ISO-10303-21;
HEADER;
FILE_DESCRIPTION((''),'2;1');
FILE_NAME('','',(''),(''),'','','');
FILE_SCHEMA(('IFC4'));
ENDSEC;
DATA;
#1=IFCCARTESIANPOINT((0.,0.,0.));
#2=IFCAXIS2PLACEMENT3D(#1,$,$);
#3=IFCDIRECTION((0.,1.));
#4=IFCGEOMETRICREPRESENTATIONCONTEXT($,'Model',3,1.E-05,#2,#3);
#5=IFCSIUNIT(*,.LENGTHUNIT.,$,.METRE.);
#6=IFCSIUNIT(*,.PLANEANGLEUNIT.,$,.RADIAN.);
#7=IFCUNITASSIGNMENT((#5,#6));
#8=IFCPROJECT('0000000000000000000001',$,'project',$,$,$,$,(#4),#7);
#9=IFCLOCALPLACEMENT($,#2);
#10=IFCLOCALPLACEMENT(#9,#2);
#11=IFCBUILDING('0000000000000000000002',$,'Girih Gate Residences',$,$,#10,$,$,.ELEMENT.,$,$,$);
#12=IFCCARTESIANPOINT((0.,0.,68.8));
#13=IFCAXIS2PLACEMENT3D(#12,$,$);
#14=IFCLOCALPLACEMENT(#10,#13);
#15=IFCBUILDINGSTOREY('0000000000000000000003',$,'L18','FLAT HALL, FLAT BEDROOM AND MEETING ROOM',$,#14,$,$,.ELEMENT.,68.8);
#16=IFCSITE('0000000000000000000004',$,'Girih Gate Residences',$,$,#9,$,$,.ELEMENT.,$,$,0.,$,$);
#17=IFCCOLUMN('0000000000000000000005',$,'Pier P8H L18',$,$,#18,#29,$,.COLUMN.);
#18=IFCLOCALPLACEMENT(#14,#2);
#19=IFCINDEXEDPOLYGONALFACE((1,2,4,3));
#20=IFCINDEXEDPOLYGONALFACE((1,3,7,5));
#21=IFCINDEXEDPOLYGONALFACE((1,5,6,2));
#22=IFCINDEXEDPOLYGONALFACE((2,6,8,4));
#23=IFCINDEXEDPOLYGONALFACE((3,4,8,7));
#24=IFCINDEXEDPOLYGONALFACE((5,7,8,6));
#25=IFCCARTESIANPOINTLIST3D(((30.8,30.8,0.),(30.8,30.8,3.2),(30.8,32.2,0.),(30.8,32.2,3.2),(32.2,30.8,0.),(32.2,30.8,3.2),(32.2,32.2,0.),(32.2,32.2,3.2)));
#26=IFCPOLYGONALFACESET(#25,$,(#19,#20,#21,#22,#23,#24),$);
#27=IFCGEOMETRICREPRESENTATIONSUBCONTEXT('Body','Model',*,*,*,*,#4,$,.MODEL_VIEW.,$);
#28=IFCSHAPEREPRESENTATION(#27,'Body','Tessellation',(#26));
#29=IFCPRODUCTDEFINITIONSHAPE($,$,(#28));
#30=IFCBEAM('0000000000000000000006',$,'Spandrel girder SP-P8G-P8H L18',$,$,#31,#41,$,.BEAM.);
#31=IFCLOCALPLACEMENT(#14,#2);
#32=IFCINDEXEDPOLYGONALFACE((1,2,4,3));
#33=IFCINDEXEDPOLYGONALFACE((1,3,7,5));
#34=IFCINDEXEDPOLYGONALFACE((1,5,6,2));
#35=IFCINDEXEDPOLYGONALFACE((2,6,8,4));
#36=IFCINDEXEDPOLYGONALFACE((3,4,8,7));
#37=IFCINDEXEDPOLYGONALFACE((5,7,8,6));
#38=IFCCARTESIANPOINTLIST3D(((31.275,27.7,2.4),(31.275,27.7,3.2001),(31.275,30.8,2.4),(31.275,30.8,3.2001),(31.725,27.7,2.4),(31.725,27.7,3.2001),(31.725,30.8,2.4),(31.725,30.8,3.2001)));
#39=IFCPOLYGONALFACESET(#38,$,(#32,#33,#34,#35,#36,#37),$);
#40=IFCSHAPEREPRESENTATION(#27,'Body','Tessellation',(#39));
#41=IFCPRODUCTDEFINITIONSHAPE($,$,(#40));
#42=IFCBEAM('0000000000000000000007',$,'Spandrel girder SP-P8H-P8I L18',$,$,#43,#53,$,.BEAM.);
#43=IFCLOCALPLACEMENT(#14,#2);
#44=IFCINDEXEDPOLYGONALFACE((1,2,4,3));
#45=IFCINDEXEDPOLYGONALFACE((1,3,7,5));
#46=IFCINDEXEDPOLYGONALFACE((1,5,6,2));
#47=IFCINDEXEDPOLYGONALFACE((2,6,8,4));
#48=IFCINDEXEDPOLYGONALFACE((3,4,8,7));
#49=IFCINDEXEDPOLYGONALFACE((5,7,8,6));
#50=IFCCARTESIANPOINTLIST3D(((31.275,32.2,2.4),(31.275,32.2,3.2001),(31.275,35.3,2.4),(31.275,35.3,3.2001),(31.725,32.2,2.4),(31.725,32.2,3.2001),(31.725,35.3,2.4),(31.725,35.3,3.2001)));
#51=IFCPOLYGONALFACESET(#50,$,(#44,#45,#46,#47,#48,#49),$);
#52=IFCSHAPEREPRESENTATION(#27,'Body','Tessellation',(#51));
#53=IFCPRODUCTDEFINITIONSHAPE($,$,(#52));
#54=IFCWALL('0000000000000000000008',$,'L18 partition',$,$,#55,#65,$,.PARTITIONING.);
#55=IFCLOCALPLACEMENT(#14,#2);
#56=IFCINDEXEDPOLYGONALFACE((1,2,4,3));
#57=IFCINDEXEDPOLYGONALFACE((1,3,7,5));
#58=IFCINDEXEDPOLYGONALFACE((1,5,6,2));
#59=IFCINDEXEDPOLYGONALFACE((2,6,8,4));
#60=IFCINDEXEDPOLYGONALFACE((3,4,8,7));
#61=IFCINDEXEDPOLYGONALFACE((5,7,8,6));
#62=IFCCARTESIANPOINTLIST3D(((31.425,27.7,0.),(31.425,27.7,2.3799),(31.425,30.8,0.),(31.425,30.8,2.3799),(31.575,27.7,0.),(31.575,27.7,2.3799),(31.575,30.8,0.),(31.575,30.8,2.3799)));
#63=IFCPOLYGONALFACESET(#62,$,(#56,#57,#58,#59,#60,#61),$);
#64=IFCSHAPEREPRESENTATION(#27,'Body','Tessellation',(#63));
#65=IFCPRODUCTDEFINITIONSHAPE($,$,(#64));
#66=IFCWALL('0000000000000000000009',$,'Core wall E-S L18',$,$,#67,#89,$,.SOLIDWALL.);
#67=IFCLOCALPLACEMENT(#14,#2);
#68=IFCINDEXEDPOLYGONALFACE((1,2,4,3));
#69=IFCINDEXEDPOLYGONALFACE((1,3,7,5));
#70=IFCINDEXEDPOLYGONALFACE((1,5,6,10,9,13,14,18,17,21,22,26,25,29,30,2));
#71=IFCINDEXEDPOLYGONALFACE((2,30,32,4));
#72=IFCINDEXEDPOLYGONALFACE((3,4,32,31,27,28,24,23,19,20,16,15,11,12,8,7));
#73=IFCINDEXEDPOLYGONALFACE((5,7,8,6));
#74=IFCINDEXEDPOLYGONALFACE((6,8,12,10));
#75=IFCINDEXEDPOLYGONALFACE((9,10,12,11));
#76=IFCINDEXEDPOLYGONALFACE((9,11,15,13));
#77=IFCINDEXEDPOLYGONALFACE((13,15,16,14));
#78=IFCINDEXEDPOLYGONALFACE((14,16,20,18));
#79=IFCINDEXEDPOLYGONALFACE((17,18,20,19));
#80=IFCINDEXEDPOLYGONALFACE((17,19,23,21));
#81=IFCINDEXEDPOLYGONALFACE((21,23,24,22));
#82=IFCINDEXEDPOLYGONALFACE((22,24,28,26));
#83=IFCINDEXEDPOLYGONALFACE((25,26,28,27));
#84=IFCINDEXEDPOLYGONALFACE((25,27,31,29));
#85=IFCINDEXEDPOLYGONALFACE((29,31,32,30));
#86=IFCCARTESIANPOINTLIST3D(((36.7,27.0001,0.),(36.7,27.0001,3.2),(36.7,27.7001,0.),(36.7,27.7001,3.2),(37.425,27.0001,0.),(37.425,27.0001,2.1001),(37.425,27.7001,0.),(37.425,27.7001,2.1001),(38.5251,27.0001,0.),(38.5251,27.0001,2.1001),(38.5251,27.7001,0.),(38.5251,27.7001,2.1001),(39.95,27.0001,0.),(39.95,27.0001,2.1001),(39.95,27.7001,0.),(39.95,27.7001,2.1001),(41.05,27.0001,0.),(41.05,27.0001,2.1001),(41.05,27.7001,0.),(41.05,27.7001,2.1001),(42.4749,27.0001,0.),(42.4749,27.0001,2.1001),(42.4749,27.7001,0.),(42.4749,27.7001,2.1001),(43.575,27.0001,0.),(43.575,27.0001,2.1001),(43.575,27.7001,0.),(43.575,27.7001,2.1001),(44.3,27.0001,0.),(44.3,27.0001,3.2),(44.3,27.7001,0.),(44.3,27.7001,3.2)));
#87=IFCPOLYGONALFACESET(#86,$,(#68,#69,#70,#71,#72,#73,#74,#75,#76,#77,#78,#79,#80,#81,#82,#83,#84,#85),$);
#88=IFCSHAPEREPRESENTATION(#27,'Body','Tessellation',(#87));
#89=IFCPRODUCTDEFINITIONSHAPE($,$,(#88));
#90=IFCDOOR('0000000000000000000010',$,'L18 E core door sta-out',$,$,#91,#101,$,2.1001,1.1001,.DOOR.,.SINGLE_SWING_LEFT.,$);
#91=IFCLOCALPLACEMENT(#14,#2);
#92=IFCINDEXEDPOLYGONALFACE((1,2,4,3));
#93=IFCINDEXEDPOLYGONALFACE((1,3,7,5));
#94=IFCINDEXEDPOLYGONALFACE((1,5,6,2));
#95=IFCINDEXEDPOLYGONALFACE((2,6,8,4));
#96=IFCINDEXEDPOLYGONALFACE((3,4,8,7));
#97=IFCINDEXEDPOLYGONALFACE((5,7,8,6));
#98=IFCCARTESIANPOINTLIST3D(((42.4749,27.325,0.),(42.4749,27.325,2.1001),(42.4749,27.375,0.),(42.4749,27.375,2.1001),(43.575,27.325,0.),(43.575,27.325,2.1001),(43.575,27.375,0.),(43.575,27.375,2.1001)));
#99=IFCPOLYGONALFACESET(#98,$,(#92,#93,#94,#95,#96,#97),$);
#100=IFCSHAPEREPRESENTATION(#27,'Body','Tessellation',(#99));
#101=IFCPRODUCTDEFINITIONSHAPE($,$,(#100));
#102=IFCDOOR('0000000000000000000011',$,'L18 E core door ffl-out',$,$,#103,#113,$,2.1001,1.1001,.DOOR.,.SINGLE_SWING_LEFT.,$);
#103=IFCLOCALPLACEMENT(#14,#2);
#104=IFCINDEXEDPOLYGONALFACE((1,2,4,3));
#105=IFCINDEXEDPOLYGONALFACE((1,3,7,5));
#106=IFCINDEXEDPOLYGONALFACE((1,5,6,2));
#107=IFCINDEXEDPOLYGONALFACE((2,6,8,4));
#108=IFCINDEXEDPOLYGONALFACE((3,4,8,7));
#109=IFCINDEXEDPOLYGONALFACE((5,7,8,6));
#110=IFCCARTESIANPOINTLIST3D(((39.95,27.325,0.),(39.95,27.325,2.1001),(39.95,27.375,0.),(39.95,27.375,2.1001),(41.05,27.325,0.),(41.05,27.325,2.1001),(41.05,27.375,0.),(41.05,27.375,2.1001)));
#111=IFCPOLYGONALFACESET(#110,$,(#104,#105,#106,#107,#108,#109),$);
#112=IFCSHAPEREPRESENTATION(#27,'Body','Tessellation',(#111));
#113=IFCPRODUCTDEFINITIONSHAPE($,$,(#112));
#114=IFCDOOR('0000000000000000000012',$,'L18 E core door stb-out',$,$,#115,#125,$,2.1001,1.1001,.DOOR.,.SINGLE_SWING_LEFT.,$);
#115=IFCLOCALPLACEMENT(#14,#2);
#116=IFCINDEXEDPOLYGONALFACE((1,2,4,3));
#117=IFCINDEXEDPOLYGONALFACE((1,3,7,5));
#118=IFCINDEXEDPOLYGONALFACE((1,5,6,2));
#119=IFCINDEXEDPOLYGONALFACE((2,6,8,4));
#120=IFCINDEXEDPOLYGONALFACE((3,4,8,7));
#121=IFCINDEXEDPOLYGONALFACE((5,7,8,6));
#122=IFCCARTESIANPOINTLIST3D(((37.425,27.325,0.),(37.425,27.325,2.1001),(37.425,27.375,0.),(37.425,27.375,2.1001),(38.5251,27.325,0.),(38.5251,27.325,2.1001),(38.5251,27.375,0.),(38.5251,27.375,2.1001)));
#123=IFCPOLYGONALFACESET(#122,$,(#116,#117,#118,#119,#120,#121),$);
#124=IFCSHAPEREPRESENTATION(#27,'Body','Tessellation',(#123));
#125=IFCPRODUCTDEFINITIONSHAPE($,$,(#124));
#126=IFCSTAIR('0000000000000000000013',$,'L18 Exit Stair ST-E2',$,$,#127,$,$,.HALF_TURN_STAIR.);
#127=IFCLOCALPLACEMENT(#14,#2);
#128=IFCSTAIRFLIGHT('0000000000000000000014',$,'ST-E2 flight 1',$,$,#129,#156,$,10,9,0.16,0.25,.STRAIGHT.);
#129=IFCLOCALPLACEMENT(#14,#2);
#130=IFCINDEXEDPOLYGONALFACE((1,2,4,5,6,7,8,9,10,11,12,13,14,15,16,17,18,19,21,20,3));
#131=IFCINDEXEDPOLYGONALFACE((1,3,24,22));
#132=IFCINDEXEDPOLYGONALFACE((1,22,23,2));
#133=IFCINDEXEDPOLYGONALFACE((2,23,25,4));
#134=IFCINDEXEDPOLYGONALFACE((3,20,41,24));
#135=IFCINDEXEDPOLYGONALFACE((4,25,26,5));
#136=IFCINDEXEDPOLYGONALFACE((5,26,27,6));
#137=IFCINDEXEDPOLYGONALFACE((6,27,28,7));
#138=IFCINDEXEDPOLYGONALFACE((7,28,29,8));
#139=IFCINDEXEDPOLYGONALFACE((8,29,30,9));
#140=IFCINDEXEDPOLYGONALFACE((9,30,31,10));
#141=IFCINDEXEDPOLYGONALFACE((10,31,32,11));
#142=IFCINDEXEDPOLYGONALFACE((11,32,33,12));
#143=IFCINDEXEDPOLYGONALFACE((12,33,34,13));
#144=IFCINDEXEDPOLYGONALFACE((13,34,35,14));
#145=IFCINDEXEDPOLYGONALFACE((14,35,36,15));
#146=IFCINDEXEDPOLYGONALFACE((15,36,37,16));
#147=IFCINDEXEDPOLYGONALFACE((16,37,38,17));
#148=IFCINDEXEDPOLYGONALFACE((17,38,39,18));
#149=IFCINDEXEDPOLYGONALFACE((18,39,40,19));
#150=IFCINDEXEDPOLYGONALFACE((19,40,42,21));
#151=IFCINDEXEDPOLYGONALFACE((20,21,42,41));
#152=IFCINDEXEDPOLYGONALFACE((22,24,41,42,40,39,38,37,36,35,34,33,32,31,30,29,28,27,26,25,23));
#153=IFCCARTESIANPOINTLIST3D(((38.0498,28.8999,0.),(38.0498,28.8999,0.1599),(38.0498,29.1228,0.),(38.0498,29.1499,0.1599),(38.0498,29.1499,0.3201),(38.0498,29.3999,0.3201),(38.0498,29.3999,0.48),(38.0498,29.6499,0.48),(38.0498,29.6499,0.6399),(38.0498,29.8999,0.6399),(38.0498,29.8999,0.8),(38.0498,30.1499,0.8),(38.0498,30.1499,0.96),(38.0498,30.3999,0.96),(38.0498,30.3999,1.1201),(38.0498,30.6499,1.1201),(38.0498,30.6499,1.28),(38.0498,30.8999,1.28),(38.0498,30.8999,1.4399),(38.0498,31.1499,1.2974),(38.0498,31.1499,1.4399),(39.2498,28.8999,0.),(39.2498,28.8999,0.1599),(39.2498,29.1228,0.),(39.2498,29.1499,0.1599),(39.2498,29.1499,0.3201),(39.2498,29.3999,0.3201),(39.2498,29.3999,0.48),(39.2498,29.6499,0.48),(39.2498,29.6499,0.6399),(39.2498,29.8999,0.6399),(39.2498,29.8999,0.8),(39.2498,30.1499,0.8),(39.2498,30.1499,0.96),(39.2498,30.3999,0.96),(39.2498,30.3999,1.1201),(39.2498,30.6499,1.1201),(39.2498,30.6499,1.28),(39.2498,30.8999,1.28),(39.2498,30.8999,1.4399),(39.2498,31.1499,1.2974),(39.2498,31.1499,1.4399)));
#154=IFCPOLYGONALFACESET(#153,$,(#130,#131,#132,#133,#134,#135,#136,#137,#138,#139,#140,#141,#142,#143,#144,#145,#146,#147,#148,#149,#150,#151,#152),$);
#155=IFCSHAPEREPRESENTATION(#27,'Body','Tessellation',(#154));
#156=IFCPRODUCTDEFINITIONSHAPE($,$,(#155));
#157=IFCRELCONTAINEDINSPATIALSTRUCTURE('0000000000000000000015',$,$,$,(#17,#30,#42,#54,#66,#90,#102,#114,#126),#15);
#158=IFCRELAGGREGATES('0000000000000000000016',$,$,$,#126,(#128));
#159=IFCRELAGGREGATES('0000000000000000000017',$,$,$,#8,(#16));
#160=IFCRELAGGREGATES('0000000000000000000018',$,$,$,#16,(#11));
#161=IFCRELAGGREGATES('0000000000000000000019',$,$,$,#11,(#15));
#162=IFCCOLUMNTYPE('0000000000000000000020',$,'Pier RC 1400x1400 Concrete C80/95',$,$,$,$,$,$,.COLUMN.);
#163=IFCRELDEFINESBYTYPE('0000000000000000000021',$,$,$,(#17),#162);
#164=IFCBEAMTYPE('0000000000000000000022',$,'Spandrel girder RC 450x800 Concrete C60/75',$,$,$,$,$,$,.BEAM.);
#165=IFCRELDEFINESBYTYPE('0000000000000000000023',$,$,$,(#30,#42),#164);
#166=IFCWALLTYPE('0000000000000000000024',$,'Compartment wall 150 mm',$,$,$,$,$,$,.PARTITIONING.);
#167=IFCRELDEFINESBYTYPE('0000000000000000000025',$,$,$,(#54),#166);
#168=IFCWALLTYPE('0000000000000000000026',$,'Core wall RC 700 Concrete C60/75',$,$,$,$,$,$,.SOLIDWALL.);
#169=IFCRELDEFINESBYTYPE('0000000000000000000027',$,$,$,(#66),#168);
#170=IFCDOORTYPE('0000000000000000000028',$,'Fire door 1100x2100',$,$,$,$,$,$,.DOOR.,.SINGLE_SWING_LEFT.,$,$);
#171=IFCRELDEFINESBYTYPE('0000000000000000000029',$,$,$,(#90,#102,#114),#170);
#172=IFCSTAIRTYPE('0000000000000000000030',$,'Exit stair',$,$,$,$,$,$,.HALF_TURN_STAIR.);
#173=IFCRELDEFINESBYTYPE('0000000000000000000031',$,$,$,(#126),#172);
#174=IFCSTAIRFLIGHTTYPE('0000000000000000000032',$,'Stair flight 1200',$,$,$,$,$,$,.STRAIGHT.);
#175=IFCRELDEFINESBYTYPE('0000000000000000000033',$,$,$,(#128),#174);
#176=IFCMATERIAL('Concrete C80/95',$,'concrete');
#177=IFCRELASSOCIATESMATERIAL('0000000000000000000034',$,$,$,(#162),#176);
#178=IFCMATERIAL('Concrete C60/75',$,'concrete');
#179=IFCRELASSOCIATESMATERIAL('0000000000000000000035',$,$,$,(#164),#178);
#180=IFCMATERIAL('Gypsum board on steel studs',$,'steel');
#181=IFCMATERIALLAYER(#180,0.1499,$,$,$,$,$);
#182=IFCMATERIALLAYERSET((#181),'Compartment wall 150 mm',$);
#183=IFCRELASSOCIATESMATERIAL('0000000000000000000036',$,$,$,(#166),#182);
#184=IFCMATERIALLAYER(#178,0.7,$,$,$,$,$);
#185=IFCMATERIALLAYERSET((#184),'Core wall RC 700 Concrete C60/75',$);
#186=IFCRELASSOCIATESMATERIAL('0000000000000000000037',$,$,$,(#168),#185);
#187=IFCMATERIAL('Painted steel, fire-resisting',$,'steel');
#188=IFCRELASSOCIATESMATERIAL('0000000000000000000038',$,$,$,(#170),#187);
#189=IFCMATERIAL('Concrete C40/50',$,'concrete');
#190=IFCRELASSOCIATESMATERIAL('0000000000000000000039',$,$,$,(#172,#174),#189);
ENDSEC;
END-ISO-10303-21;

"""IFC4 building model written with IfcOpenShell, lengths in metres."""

from ifc_helpers import new_model, si_unit, direction, frame, frame_2d, origin, origin_2d, place, context, subcontext, project, spatial, polyline, rectangle, outline, extrude, material, layer, layer_set, material_profile, profile_set, type_object, element, fill, aggregate, save


model = new_model("IFC4")

# Units and contexts
model_context = context("Model", 3, precision=1e-05, world=origin(), true_north=direction((0.0, 1.0)))
body_context = subcontext(model_context, "Body", "Model", "MODEL_VIEW")
ifc_project = project(units=[si_unit("LENGTHUNIT", "METRE"), si_unit("PLANEANGLEUNIT", "RADIAN")], contexts=[model_context])

# Site, building, storey
site_placement = place(None, origin())
site = spatial("IfcSite", under=ifc_project, at=site_placement, Name="Girih Gate Residences", CompositionType="ELEMENT", RefElevation=0.0)
building_placement = place(site_placement, origin())
building = spatial("IfcBuilding", under=site, at=building_placement, Name="Girih Gate Residences", CompositionType="ELEMENT")
storey_placement = place(building_placement, frame((0.0, 0.0, 68.8)))
storey = spatial("IfcBuildingStorey", under=building, at=storey_placement, Name="L18", Description="FLAT HALL, FLAT BEDROOM AND MEETING ROOM", CompositionType="ELEMENT", Elevation=68.8)

# Column
ifc_material_1 = material(Name="Concrete C80/95", Category="concrete")
ifc_material_profile_1 = material_profile(ifc_material_1, rectangle(XDim=1.3999, YDim=1.3999, at=origin_2d()))
ifc_profile_set_1 = profile_set([ifc_material_profile_1], Name="Concrete C80/95")
column_type = type_object("IfcColumnType", Name="Pier RC 1400x1400 Concrete C80/95", PredefinedType="COLUMN", material=ifc_profile_set_1)
column_placement = place(storey_placement, frame((31.5, 31.5, 0.0), z_axis=(0.0, 0.0, 1.0), x_axis=(1.0, 0.0, 0.0)))
element("IfcColumn", 1, at=column_placement, inside=storey, type_object=column_type, Name="Pier P8H L18", PredefinedType="COLUMN", context=body_context, shape_type="SweptSolid", body=[
    extrude(rectangle(XDim=1.3999, YDim=1.3999, at=origin_2d()), origin(), (0.0, 0.0, 1.0), 3.2),
])

# Beams
ifc_material_2 = material(Name="Concrete C60/75", Category="concrete")
ifc_material_profile_2 = material_profile(ifc_material_2, rectangle(XDim=0.45, YDim=0.8, at=origin_2d()))
ifc_profile_set_2 = profile_set([ifc_material_profile_2], Name="Concrete C60/75")
beam_type = type_object("IfcBeamType", Name="Spandrel girder RC 450x800 Concrete C60/75", PredefinedType="BEAM", material=ifc_profile_set_2)
for number, where, z_axis, x_axis, name in (
    (2, (31.5, 27.7, 2.8), (0.0, 1.0, 0.0), (-1.0, 0.0, 0.0), "Spandrel girder SP-P8G-P8H L18"),
    (3, (31.5, 32.2, 2.8), (0.0, 1.0, 0.0), (-1.0, 0.0, 0.0), "Spandrel girder SP-P8H-P8I L18"),
):
    element("IfcBeam", number, at=place(storey_placement, frame(where, z_axis=z_axis, x_axis=x_axis)), inside=storey, type_object=beam_type, Name=name, PredefinedType="BEAM", context=body_context, shape_type="SweptSolid", body=[
        extrude(rectangle(XDim=0.45, YDim=0.8, at=origin_2d()), origin(), (0.0, 0.0, 1.0), 3.1001),
    ])

# Wall
ifc_material_3 = material(Name="Gypsum board on steel studs", Category="steel")
ifc_layer_1 = layer(ifc_material_3, 0.1499)
ifc_layer_set_1 = layer_set([ifc_layer_1], Name="Compartment wall 150 mm")
wall_type_1 = type_object("IfcWallType", Name="Compartment wall 150 mm", PredefinedType="PARTITIONING", material=ifc_layer_set_1)
wall_1_placement = place(storey_placement, frame((31.5, 27.7, 0.0), z_axis=(0.0, 0.0, 1.0), x_axis=(0.0, 1.0, 0.0)))
element("IfcWall", 4, at=wall_1_placement, inside=storey, type_object=wall_type_1, Name="L18 partition", PredefinedType="PARTITIONING", context=body_context, shape_type="SweptSolid", body=[
    extrude(rectangle(XDim=3.1001, YDim=0.1499, at=frame_2d((1.55, 0.0))), origin(), (0.0, 0.0, 1.0), 2.3799),
])

# Wall, openings, doors
ifc_layer_2 = layer(ifc_material_2, 0.7)
ifc_layer_set_2 = layer_set([ifc_layer_2], Name="Core wall RC 700 Concrete C60/75")
wall_type_2 = type_object("IfcWallType", Name="Core wall RC 700 Concrete C60/75", PredefinedType="SOLIDWALL", material=ifc_layer_set_2)
wall_2_placement = place(storey_placement, frame((36.7, 27.3501, 0.0), z_axis=(0.0, 0.0, 1.0), x_axis=(1.0, 0.0, 0.0)))
wall_2 = element("IfcWall", 5, at=wall_2_placement, inside=storey, type_object=wall_type_2, Name="Core wall E-S L18", PredefinedType="SOLIDWALL", context=body_context, shape_type="SweptSolid", body=[
    extrude(rectangle(XDim=7.6001, YDim=0.7, at=frame_2d((3.8, 0.0))), origin(), (0.0, 0.0, 1.0), 3.2),
])
opening_1_placement = place(wall_2_placement, frame((5.7749, 0.0, 0.0)))
opening_1 = element("IfcOpeningElement", 6, at=opening_1_placement, cuts=wall_2, PredefinedType="OPENING", context=body_context, shape_type="SweptSolid", body=[
    extrude(rectangle(XDim=1.1001, YDim=2.1001, at=frame_2d((0.55, 1.05))), frame((0.0, 0.3599, 0.0), z_axis=(0.0, -1.0, 0.0), x_axis=(1.0, 0.0, 0.0)), (0.0, 0.0, 1.0), 0.72),
])
opening_2_placement = place(wall_2_placement, frame((3.25, 0.0, 0.0)))
opening_2 = element("IfcOpeningElement", 7, at=opening_2_placement, cuts=wall_2, PredefinedType="OPENING", context=body_context, shape_type="SweptSolid", body=[
    extrude(rectangle(XDim=1.1001, YDim=2.1001, at=frame_2d((0.55, 1.05))), frame((0.0, 0.3599, 0.0), z_axis=(0.0, -1.0, 0.0), x_axis=(1.0, 0.0, 0.0)), (0.0, 0.0, 1.0), 0.72),
])
opening_3_placement = place(wall_2_placement, frame((0.7251, 0.0, 0.0)))
opening_3 = element("IfcOpeningElement", 8, at=opening_3_placement, cuts=wall_2, PredefinedType="OPENING", context=body_context, shape_type="SweptSolid", body=[
    extrude(rectangle(XDim=1.1001, YDim=2.1001, at=frame_2d((0.55, 1.05))), frame((0.0, 0.3599, 0.0), z_axis=(0.0, -1.0, 0.0), x_axis=(1.0, 0.0, 0.0)), (0.0, 0.0, 1.0), 0.72),
])
ifc_material_4 = material(Name="Painted steel, fire-resisting", Category="steel")
door_type = type_object("IfcDoorType", Name="Fire door 1100x2100", OperationType="SINGLE_SWING_LEFT", PredefinedType="DOOR", material=ifc_material_4)
door_1_placement = place(opening_1_placement, origin())
door_1 = element("IfcDoor", 9, at=door_1_placement, inside=storey, type_object=door_type, Name="L18 E core door sta-out", OperationType="SINGLE_SWING_LEFT", OverallHeight=2.1001, OverallWidth=1.1001, PredefinedType="DOOR", context=body_context, shape_type="SweptSolid", body=[
    extrude(rectangle(XDim=1.1001, YDim=2.1001, at=frame_2d((0.55, 1.05))), frame((0.0, 0.0249, 0.0), z_axis=(0.0, -1.0, 0.0), x_axis=(1.0, 0.0, 0.0)), (0.0, 0.0, 1.0), 0.05),
])
fill(opening_1, door_1)
door_2_placement = place(opening_2_placement, origin())
door_2 = element("IfcDoor", 10, at=door_2_placement, inside=storey, type_object=door_type, Name="L18 E core door ffl-out", OperationType="SINGLE_SWING_LEFT", OverallHeight=2.1001, OverallWidth=1.1001, PredefinedType="DOOR", context=body_context, shape_type="SweptSolid", body=[
    extrude(rectangle(XDim=1.1001, YDim=2.1001, at=frame_2d((0.55, 1.05))), frame((0.0, 0.0249, 0.0), z_axis=(0.0, -1.0, 0.0), x_axis=(1.0, 0.0, 0.0)), (0.0, 0.0, 1.0), 0.05),
])
fill(opening_2, door_2)
door_3_placement = place(opening_3_placement, origin())
door_3 = element("IfcDoor", 11, at=door_3_placement, inside=storey, type_object=door_type, Name="L18 E core door stb-out", OperationType="SINGLE_SWING_LEFT", OverallHeight=2.1001, OverallWidth=1.1001, PredefinedType="DOOR", context=body_context, shape_type="SweptSolid", body=[
    extrude(rectangle(XDim=1.1001, YDim=2.1001, at=frame_2d((0.55, 1.05))), frame((0.0, 0.0249, 0.0), z_axis=(0.0, -1.0, 0.0), x_axis=(1.0, 0.0, 0.0)), (0.0, 0.0, 1.0), 0.05),
])
fill(opening_3, door_3)

# Stair, stair flight
ifc_material_5 = material(Name="Concrete C40/50", Category="concrete")
stair_type = type_object("IfcStairType", Name="Exit stair", PredefinedType="HALF_TURN_STAIR", material=ifc_material_5)
stair_placement = place(storey_placement, origin())
stair = element("IfcStair", 12, at=stair_placement, inside=storey, type_object=stair_type, Name="L18 Exit Stair ST-E2", PredefinedType="HALF_TURN_STAIR")
stair_flight_type = type_object("IfcStairFlightType", Name="Stair flight 1200", PredefinedType="STRAIGHT", material=ifc_material_5)
stair_flight_1_placement = place(storey_placement, frame((38.6499, 28.8999, 0.0), z_axis=(0.0, 0.0, 1.0), x_axis=(0.0, 1.0, 0.0)))
stair_flight_1 = element("IfcStairFlight", 13, at=stair_flight_1_placement, type_object=stair_flight_type, Name="ST-E2 flight 1", NumberOfRisers=10, NumberOfTreads=9, PredefinedType="STRAIGHT", RiserHeight=0.16, TreadLength=0.25, context=body_context, shape_type="SweptSolid", body=[
    extrude(outline(polyline([(0.0, 0.0), (0.0, 0.1599), (0.25, 0.1599), (0.25, 0.3201), (0.5, 0.3201), (0.5, 0.48), (0.75, 0.48), (0.75, 0.6399), (1.0, 0.6399), (1.0, 0.8), (1.25, 0.8), (1.25, 0.96), (1.5, 0.96), (1.5, 1.1201), (1.75, 1.1201), (1.75, 1.28), (2.0, 1.28), (2.0, 1.4399), (2.25, 1.4399), (2.25, 1.6001), (2.25, 1.2974), (0.2229, 0.0), (0.0, 0.0)])), frame((0.0, 0.6001, 0.0), z_axis=(0.0, -1.0, 0.0), x_axis=(1.0, 0.0, 0.0)), (0.0, 0.0, 1.0), 1.2),
])
aggregate(stair, [stair_flight_1])

save(model, "model.ifc")
